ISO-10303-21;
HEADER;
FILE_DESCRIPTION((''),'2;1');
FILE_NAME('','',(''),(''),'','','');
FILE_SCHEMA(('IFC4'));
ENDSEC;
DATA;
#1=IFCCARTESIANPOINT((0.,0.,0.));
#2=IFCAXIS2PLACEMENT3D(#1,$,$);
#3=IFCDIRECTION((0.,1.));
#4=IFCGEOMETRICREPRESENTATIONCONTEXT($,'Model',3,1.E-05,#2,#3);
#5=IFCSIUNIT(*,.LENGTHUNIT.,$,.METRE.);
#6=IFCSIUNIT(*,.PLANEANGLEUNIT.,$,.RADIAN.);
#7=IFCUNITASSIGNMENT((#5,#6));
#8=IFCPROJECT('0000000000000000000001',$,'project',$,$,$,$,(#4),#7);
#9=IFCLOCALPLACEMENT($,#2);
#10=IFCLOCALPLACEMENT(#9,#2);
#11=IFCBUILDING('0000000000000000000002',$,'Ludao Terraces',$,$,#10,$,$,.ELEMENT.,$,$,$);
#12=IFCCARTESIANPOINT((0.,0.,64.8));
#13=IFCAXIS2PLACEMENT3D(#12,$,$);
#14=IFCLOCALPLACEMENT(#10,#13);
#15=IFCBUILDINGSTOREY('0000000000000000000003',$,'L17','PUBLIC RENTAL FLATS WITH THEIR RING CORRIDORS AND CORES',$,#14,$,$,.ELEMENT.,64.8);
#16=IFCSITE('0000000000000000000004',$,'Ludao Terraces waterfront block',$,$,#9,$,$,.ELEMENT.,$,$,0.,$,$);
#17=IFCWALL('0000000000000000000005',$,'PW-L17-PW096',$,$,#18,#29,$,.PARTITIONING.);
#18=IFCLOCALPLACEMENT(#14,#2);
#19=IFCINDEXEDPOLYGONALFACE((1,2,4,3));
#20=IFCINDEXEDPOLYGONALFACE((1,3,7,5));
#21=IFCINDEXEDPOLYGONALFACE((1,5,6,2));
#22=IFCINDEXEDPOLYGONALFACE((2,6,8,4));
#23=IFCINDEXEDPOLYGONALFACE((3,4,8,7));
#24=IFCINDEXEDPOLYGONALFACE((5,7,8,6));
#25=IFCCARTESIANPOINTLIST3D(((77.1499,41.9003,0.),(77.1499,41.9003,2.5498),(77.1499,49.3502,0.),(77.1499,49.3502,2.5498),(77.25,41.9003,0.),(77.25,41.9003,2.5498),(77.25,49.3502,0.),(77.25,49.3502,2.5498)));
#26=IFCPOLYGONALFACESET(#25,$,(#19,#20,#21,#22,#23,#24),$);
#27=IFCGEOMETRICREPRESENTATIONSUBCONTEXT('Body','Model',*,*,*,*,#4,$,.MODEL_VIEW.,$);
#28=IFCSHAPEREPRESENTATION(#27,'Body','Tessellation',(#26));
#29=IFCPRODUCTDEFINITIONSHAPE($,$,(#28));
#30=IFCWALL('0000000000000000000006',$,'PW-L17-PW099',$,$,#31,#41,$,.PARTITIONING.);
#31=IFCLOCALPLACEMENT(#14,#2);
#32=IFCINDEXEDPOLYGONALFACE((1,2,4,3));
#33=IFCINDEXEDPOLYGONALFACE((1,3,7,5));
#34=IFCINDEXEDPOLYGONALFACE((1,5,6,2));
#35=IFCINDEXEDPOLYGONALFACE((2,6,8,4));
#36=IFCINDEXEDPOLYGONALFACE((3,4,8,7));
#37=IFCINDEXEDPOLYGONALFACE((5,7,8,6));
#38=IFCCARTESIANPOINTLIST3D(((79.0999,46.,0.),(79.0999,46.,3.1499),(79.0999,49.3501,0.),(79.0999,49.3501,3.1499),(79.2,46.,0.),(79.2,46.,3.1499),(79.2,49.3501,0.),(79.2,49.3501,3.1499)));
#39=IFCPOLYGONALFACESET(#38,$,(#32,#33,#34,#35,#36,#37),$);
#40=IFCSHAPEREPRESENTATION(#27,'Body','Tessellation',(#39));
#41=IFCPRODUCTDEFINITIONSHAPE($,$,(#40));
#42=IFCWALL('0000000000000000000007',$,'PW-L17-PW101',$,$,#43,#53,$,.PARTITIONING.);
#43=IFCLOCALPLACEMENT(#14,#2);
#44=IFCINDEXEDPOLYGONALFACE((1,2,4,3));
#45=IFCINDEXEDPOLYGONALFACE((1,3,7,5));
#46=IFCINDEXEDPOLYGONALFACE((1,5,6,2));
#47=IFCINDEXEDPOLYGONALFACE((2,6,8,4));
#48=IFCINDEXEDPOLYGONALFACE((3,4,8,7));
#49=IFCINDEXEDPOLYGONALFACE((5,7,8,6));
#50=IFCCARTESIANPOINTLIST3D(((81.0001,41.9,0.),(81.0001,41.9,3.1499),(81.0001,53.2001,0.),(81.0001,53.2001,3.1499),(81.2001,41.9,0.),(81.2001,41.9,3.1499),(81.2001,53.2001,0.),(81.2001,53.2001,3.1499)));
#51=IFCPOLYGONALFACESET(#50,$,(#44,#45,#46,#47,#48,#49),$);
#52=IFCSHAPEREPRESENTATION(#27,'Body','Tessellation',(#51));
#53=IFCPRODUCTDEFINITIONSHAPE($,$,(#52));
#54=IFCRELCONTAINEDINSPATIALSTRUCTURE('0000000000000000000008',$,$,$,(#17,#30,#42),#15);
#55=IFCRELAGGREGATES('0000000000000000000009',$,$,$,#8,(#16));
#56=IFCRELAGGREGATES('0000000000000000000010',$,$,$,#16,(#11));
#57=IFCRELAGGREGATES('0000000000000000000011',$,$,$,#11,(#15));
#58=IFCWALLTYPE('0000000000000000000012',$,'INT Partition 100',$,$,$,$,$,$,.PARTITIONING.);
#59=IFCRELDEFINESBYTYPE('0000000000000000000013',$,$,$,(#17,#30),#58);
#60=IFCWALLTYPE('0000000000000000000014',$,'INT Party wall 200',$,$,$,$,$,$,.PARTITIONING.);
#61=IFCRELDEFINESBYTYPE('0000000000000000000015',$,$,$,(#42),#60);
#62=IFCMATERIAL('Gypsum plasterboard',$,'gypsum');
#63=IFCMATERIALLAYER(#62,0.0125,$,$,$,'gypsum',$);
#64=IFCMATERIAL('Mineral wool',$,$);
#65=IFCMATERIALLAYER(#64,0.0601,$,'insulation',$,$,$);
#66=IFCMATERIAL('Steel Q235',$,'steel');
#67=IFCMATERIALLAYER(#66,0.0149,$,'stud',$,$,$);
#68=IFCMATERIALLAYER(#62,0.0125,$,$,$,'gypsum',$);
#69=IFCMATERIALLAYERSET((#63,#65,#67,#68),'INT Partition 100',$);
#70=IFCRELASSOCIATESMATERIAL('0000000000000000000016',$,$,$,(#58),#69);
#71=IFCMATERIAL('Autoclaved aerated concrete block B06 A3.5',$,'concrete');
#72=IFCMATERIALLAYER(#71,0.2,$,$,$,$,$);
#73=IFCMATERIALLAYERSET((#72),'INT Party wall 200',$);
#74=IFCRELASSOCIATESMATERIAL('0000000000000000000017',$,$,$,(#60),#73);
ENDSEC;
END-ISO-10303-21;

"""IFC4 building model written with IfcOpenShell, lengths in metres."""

from ifc_helpers import new_model, si_unit, direction, frame, frame_2d, origin, place, context, subcontext, project, spatial, rectangle, extrude, material, layer, layer_set, type_object, element, save


model = new_model("IFC4")

# Units and contexts
model_context = context("Model", 3, precision=1e-05, world=origin(), true_north=direction((0.0, 1.0)))
body_context = subcontext(model_context, "Body", "Model", "MODEL_VIEW")
ifc_project = project(units=[si_unit("LENGTHUNIT", "METRE"), si_unit("PLANEANGLEUNIT", "RADIAN")], contexts=[model_context])

# Site, building, storey
site_placement = place(None, origin())
site = spatial("IfcSite", under=ifc_project, at=site_placement, Name="Ludao Terraces waterfront block", CompositionType="ELEMENT", RefElevation=0.0)
building_placement = place(site_placement, origin())
building = spatial("IfcBuilding", under=site, at=building_placement, Name="Ludao Terraces", CompositionType="ELEMENT")
storey_placement = place(building_placement, frame((0.0, 0.0, 64.8)))
storey = spatial("IfcBuildingStorey", under=building, at=storey_placement, Name="L17", Description="PUBLIC RENTAL FLATS WITH THEIR RING CORRIDORS AND CORES", CompositionType="ELEMENT", Elevation=64.8)

# Shared definitions
ifc_material_1 = material(Name="Mineral wool")

# Shared definitions
ifc_material_2 = material(Name="Gypsum plasterboard", Category="gypsum")
ifc_layer_1 = layer(ifc_material_2, 0.0125, Category="gypsum")
ifc_layer_2 = layer(ifc_material_1, 0.0601, Name="insulation")
ifc_material_3 = material(Name="Steel Q235", Category="steel")
ifc_layer_3 = layer(ifc_material_3, 0.0149, Name="stud")
ifc_layer_4 = layer(ifc_material_2, 0.0125, Category="gypsum")
ifc_layer_set_1 = layer_set([ifc_layer_1, ifc_layer_2, ifc_layer_3, ifc_layer_4], Name="INT Partition 100")
wall_type_1 = type_object("IfcWallType", Name="INT Partition 100", PredefinedType="PARTITIONING", material=ifc_layer_set_1)

# Walls
wall_1_placement = place(storey_placement, frame((77.2, 41.9001, 0.0), z_axis=(0.0, 0.0, 1.0), x_axis=(0.0, 1.0, 0.0)))
element("IfcWall", 1, at=wall_1_placement, inside=storey, type_object=wall_type_1, Name="PW-L17-PW096", PredefinedType="PARTITIONING", context=body_context, shape_type="SweptSolid", body=[
    extrude(rectangle(XDim=7.45, YDim=0.1001, at=frame_2d((3.7251, 0.0))), origin(), (0.0, 0.0, 1.0), 2.5498),
])
wall_2_placement = place(storey_placement, frame((79.1499, 46.0, 0.0), z_axis=(0.0, 0.0, 1.0), x_axis=(0.0, 1.0, 0.0)))
element("IfcWall", 2, at=wall_2_placement, inside=storey, type_object=wall_type_1, Name="PW-L17-PW099", PredefinedType="PARTITIONING", context=body_context, shape_type="SweptSolid", body=[
    extrude(rectangle(XDim=3.3501, YDim=0.1001, at=frame_2d((1.675, 0.0))), origin(), (0.0, 0.0, 1.0), 3.1499),
])
ifc_material_4 = material(Name="Autoclaved aerated concrete block B06 A3.5", Category="concrete")
ifc_layer_5 = layer(ifc_material_4, 0.2)
ifc_layer_set_2 = layer_set([ifc_layer_5], Name="INT Party wall 200")
wall_type_2 = type_object("IfcWallType", Name="INT Party wall 200", PredefinedType="PARTITIONING", material=ifc_layer_set_2)
wall_3_placement = place(storey_placement, frame((81.1001, 41.9001, 0.0), z_axis=(0.0, 0.0, 1.0), x_axis=(0.0, 1.0, 0.0)))
element("IfcWall", 3, at=wall_3_placement, inside=storey, type_object=wall_type_2, Name="PW-L17-PW101", PredefinedType="PARTITIONING", context=body_context, shape_type="SweptSolid", body=[
    extrude(rectangle(XDim=11.3, YDim=0.2, at=frame_2d((5.6499, 0.0))), origin(), (0.0, 0.0, 1.0), 3.1499),
])

save(model, "model.ifc")
